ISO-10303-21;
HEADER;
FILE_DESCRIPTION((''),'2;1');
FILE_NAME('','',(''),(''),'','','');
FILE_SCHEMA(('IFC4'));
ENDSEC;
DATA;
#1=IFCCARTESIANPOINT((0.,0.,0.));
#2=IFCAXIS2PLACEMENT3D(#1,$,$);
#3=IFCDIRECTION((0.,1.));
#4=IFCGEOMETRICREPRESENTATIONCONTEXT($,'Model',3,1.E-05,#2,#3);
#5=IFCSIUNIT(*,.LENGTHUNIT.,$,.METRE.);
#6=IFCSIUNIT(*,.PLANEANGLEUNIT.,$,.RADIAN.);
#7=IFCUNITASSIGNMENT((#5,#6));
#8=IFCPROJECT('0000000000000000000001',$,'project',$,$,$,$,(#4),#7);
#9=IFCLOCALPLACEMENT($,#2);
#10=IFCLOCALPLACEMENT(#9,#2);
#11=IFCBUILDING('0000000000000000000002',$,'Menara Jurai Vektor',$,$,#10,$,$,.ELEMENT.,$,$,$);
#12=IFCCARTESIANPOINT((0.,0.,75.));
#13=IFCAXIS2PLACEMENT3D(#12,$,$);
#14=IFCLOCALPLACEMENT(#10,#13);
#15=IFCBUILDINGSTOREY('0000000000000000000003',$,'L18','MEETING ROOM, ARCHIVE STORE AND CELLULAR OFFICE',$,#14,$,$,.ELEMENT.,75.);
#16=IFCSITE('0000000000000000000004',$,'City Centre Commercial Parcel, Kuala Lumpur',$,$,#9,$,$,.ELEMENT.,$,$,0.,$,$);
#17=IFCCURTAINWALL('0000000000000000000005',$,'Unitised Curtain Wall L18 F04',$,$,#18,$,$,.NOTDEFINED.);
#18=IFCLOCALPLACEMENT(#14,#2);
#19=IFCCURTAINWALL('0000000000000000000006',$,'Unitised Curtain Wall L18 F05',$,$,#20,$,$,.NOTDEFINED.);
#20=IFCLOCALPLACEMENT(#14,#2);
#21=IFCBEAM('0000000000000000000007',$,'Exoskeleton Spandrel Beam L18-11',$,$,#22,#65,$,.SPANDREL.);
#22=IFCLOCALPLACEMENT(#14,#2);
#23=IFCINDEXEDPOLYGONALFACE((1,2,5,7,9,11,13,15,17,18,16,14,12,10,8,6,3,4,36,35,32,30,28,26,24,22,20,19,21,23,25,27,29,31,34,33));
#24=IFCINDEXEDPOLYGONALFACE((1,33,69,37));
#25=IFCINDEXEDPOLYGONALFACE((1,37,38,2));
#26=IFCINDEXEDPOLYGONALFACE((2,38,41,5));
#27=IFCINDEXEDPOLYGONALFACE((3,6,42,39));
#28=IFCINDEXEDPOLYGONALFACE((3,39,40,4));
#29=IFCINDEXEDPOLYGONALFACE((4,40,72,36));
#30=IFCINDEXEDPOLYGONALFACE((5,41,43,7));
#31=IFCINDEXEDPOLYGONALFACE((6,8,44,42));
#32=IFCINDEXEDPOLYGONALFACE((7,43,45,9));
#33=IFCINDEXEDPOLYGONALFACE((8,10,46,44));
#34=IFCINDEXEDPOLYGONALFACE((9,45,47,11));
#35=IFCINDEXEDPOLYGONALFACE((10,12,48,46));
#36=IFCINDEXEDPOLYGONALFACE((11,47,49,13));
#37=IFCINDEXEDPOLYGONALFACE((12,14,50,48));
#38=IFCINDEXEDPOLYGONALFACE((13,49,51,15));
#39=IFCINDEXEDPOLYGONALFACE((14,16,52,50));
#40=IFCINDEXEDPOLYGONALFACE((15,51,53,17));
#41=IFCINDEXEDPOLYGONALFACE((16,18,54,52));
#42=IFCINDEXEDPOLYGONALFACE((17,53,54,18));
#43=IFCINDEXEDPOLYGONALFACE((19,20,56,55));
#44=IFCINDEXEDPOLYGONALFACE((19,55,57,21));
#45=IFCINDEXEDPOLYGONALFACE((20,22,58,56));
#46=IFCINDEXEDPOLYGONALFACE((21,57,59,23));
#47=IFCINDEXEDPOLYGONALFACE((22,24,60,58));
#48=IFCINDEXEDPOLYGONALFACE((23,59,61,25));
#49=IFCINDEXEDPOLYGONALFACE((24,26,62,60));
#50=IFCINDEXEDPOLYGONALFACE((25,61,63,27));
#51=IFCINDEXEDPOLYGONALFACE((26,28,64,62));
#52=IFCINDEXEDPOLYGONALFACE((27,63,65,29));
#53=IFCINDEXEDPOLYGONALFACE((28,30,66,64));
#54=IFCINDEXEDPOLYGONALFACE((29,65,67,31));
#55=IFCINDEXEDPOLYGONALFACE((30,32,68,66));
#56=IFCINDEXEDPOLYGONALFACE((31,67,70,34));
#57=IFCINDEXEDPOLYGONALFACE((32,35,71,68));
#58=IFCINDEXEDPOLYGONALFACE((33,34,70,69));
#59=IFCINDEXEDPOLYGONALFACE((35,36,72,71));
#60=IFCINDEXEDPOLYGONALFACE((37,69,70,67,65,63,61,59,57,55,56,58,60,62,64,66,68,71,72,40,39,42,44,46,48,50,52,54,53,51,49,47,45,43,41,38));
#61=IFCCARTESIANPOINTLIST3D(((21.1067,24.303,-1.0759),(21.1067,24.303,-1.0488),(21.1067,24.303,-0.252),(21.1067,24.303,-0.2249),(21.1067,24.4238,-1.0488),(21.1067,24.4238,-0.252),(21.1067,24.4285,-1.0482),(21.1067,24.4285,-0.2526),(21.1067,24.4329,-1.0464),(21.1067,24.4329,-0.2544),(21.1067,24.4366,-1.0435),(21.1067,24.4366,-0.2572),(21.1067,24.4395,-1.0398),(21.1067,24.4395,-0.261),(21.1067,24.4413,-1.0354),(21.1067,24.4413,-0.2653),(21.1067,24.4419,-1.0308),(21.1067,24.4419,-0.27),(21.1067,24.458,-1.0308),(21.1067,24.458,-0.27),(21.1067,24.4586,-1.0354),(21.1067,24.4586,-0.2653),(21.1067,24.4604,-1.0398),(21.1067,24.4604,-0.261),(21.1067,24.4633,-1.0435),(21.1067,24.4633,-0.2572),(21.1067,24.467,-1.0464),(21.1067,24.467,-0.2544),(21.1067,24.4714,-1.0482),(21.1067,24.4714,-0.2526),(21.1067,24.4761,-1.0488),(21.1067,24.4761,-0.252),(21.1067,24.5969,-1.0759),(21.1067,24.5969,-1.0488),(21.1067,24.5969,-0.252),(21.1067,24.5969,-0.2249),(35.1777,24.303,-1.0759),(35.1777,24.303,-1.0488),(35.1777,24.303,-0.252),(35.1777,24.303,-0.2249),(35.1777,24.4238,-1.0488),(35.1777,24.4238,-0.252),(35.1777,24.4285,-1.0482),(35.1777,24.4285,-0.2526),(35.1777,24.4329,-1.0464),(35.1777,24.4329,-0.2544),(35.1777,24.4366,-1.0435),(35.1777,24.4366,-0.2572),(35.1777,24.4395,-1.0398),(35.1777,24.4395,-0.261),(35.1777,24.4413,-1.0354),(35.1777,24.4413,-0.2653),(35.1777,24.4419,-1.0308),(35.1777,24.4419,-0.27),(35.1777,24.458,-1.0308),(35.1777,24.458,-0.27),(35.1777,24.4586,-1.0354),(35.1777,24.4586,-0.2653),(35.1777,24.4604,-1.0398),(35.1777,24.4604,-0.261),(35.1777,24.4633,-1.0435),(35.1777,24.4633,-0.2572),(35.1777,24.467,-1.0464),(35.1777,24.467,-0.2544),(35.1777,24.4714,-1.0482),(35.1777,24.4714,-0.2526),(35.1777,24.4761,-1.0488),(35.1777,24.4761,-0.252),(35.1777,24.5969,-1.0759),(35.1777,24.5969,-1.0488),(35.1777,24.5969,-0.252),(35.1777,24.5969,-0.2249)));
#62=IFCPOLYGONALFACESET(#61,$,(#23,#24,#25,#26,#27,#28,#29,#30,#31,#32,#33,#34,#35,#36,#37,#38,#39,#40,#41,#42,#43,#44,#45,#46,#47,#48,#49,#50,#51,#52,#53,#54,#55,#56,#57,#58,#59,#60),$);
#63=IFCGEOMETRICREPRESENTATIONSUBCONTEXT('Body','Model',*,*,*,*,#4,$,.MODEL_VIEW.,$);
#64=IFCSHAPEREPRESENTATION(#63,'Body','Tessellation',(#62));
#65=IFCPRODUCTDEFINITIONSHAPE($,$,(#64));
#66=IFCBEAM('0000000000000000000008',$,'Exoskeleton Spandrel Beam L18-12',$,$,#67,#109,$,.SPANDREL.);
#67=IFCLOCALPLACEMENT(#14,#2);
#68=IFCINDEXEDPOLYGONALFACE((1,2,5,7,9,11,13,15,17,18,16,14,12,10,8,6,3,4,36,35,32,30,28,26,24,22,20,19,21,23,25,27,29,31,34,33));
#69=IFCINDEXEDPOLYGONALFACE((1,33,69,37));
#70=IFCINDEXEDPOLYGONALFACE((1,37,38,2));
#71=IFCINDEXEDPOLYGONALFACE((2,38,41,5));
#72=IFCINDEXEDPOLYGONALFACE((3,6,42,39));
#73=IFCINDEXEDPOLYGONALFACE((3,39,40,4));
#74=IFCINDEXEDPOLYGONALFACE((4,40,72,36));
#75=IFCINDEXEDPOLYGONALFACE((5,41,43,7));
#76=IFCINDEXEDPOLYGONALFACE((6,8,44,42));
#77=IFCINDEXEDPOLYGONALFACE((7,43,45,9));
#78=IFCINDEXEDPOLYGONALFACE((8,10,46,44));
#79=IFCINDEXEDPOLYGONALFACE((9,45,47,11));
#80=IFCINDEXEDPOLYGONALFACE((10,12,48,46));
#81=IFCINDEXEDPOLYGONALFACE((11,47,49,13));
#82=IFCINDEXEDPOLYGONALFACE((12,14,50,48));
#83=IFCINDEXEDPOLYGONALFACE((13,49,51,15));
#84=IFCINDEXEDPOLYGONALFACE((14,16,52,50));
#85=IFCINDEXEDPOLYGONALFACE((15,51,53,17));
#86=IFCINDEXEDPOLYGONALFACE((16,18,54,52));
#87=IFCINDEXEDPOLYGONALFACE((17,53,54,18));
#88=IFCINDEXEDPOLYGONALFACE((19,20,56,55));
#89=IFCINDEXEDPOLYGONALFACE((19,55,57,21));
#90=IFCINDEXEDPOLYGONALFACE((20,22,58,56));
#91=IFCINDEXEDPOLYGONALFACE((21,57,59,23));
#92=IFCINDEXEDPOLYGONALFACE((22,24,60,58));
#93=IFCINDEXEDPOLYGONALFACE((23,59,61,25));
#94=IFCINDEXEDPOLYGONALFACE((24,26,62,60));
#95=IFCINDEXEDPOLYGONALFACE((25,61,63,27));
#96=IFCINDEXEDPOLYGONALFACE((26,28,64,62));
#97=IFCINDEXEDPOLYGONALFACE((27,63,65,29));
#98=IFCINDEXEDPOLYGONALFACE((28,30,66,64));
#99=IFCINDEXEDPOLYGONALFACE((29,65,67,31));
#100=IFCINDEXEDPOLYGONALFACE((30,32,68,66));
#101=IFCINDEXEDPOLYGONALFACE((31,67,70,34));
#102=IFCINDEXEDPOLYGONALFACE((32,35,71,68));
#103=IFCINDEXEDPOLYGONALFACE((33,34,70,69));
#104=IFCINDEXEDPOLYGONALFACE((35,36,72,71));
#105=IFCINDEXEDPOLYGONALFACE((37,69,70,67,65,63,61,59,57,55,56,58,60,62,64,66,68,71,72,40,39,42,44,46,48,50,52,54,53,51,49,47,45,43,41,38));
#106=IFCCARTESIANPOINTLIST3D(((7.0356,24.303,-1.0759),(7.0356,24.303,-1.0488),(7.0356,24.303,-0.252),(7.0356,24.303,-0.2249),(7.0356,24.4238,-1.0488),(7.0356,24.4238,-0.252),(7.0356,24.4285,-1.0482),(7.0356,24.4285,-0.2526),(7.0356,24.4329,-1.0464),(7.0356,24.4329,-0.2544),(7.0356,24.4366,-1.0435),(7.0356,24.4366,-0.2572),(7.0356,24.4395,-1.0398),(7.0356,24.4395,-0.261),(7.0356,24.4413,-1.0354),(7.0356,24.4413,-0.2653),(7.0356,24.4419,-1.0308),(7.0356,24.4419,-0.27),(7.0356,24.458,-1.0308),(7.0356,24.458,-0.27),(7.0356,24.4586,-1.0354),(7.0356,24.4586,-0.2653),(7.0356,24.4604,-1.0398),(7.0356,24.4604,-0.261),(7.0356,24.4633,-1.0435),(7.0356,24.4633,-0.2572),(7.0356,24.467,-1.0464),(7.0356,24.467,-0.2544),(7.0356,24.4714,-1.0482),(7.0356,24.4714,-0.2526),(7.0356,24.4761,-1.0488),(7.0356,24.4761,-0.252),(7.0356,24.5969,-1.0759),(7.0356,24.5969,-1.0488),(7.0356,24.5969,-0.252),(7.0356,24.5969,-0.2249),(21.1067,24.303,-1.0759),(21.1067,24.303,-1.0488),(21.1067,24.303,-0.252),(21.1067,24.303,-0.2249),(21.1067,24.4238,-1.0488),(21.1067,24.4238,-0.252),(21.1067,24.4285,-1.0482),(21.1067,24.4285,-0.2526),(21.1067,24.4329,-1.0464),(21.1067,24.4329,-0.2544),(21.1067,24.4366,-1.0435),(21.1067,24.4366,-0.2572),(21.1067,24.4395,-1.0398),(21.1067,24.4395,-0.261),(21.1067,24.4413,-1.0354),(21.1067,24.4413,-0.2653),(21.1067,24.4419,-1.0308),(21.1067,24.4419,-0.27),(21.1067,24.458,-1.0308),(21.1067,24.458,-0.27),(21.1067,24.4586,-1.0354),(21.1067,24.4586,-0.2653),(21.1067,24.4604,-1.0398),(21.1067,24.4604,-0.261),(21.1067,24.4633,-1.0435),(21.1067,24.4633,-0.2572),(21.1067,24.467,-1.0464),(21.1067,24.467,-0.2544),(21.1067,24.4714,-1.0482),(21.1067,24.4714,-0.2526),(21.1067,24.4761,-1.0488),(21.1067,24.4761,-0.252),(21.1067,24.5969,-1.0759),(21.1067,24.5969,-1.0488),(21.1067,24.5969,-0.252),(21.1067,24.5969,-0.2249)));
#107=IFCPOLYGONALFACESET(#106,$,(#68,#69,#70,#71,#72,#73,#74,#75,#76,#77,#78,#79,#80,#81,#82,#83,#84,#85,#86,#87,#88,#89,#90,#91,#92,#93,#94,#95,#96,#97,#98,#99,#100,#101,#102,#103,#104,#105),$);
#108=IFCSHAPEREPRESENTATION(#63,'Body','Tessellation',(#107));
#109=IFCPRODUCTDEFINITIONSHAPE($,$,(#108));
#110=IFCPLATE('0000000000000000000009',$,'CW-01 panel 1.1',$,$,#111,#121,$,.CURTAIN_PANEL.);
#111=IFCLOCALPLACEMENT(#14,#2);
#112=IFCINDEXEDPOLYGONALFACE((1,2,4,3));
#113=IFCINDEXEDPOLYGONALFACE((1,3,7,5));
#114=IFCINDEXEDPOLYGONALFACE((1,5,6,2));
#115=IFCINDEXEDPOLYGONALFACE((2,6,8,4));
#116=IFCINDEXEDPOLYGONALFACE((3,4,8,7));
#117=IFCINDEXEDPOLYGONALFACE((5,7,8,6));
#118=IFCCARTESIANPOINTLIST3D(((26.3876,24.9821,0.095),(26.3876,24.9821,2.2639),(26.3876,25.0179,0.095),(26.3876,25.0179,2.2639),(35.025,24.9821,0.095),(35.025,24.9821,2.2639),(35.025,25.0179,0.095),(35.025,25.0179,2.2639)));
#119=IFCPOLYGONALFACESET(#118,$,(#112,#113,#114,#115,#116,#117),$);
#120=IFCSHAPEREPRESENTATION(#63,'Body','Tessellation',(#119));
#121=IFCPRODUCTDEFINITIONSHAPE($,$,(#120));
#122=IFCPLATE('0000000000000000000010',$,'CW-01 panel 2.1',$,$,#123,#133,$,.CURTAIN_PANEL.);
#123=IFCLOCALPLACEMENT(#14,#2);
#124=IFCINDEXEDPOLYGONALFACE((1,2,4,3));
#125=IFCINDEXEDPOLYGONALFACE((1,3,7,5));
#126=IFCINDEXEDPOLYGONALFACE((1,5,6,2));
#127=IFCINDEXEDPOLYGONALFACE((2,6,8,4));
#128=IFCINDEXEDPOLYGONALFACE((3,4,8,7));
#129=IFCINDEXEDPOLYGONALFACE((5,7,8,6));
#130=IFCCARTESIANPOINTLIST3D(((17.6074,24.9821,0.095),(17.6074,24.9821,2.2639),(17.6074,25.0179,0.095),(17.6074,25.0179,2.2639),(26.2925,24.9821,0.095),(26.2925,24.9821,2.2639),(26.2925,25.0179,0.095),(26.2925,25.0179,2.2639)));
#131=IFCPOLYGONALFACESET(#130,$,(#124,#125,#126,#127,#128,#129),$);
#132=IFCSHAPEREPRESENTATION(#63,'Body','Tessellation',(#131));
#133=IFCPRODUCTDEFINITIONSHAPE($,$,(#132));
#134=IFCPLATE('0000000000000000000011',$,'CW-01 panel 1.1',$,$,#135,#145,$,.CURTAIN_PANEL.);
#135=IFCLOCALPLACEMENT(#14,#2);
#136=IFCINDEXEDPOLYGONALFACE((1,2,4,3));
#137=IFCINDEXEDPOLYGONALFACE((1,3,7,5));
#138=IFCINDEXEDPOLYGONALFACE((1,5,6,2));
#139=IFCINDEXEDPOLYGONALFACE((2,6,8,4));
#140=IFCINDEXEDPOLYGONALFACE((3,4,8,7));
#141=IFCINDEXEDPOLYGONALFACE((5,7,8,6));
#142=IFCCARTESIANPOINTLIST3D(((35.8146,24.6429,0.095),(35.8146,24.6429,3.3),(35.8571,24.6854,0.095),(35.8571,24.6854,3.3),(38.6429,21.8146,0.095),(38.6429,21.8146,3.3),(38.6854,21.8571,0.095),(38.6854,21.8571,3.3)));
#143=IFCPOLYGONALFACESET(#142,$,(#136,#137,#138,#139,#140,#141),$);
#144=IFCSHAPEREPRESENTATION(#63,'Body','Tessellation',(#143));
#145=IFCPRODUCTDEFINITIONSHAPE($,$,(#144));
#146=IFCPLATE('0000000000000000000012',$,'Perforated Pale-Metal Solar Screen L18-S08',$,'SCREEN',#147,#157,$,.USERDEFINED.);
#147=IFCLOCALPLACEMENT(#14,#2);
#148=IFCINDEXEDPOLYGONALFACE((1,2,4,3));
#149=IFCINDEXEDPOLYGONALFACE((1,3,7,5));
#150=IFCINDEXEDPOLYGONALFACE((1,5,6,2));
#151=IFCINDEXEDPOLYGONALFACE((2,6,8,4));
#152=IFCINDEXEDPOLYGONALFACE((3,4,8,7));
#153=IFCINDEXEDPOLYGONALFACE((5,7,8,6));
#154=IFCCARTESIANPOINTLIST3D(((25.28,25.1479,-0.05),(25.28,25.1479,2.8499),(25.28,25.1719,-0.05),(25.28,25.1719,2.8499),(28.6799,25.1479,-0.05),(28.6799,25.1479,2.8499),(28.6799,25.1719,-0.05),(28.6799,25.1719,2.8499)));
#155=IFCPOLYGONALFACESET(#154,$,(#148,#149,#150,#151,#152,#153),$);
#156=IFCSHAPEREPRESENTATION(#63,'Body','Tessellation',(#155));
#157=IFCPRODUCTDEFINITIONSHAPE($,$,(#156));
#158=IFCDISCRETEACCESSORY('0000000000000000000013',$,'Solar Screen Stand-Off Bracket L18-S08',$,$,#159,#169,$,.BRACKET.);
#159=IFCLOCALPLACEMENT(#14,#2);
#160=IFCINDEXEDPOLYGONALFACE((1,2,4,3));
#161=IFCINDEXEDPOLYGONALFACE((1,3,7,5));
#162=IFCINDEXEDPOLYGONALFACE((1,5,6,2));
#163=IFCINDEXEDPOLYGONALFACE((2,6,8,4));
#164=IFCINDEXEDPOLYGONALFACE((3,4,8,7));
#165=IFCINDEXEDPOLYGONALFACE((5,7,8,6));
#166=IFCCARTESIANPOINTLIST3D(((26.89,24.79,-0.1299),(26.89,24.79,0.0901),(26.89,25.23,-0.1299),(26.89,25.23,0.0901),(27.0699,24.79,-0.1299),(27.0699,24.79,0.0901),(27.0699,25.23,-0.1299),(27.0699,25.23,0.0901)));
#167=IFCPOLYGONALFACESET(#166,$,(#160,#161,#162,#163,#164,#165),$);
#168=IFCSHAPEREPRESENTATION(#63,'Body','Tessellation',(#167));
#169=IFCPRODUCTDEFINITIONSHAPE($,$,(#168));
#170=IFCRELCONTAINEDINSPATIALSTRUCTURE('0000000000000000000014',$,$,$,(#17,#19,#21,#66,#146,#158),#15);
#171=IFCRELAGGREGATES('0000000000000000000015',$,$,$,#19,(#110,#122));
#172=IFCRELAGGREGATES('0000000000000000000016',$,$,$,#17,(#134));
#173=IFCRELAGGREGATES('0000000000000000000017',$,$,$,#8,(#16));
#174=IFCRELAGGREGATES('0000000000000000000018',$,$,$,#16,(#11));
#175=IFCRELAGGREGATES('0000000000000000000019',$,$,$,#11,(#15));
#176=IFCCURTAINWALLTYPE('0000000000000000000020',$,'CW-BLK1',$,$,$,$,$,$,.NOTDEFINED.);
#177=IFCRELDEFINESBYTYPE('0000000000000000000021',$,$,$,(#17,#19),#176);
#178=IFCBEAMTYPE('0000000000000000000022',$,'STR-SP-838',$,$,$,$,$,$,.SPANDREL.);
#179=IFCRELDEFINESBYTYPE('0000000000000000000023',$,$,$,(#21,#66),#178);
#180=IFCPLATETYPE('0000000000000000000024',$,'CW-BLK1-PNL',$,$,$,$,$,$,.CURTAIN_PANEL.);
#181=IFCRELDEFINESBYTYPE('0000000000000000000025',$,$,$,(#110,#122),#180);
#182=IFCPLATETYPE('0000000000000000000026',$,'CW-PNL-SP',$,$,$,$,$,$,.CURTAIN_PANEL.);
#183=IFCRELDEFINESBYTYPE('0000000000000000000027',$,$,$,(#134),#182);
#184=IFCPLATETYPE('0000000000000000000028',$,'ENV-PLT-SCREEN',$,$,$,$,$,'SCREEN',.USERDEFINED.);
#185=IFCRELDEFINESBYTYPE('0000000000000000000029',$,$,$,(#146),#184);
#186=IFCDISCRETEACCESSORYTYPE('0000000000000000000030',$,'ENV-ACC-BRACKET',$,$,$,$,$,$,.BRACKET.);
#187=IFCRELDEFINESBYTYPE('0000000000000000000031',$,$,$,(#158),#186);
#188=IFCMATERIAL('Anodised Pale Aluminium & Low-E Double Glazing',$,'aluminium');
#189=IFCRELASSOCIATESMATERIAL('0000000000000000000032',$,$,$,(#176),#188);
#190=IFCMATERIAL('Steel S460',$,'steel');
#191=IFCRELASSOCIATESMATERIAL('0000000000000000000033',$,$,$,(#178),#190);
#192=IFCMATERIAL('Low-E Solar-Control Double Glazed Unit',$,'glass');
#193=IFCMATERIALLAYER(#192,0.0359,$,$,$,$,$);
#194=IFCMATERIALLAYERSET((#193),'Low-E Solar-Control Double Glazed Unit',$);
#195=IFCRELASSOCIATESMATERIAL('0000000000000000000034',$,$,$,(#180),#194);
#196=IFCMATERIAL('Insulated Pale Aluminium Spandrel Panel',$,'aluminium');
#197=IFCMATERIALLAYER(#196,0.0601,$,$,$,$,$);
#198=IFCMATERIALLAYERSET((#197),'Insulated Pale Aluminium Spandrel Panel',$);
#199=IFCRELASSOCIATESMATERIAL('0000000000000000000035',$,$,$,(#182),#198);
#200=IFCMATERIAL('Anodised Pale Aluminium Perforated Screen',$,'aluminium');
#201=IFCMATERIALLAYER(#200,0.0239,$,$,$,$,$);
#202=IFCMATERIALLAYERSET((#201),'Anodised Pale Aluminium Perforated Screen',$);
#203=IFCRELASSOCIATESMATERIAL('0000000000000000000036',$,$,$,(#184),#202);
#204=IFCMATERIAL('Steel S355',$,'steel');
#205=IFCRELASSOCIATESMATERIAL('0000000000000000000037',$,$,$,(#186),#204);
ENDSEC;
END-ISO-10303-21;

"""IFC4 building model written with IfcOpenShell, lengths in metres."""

from ifc_helpers import new_model, si_unit, direction, frame, origin, origin_2d, place, context, subcontext, project, spatial, rectangle, i_section, extrude, material, layer, layer_set, material_profile, profile_set, type_object, element, aggregate, save


model = new_model("IFC4")

# Units and contexts
model_context = context("Model", 3, precision=1e-05, world=origin(), true_north=direction((0.0, 1.0)))
body_context = subcontext(model_context, "Body", "Model", "MODEL_VIEW")
ifc_project = project(units=[si_unit("LENGTHUNIT", "METRE"), si_unit("PLANEANGLEUNIT", "RADIAN")], contexts=[model_context])

# Site, building, storey
site_placement = place(None, origin())
site = spatial("IfcSite", under=ifc_project, at=site_placement, Name="City Centre Commercial Parcel, Kuala Lumpur", CompositionType="ELEMENT", RefElevation=0.0)
building_placement = place(site_placement, origin())
building = spatial("IfcBuilding", under=site, at=building_placement, Name="Menara Jurai Vektor", CompositionType="ELEMENT")
storey_placement = place(building_placement, frame((0.0, 0.0, 75.0)))
storey = spatial("IfcBuildingStorey", under=building, at=storey_placement, Name="L18", Description="MEETING ROOM, ARCHIVE STORE AND CELLULAR OFFICE", CompositionType="ELEMENT", Elevation=75.0)

# Shared definitions
ifc_material_1 = material(Name="Steel S460", Category="steel")

# Curtain walls
ifc_material_2 = material(Name="Anodised Pale Aluminium & Low-E Double Glazing", Category="aluminium")
curtain_wall_type = type_object("IfcCurtainWallType", Name="CW-BLK1", PredefinedType="NOTDEFINED", material=ifc_material_2)
curtain_wall_1_placement = place(storey_placement, origin())
curtain_wall_1 = element("IfcCurtainWall", 1, at=curtain_wall_1_placement, inside=storey, type_object=curtain_wall_type, Name="Unitised Curtain Wall L18 F04", PredefinedType="NOTDEFINED")
curtain_wall_2_placement = place(storey_placement, origin())
curtain_wall_2 = element("IfcCurtainWall", 2, at=curtain_wall_2_placement, inside=storey, type_object=curtain_wall_type, Name="Unitised Curtain Wall L18 F05", PredefinedType="NOTDEFINED")

# Beams
ifc_material_3 = material(Name="Steel S355", Category="steel")
ifc_material_profile_1 = material_profile(ifc_material_1, i_section(OverallWidth=0.2939, OverallDepth=0.8511, WebThickness=0.0161, FlangeThickness=0.0271, FilletRadius=0.0181, at=origin_2d()), Name="UKB 838x292x226")
ifc_profile_set_1 = profile_set([ifc_material_profile_1], Name="Steel S460")
beam_type_1 = type_object("IfcBeamType", Name="STR-SP-838", PredefinedType="SPANDREL", material=ifc_profile_set_1)
for number, where, z_axis, x_axis, name in (
    (3, (35.1777, 24.45, -0.6504), (-1.0, 0.0, 0.0), (0.0, -1.0, 0.0), "Exoskeleton Spandrel Beam L18-11"),
    (4, (21.1067, 24.45, -0.6504), (-1.0, 0.0, 0.0), (0.0, -1.0, 0.0), "Exoskeleton Spandrel Beam L18-12"),
):
    element("IfcBeam", number, at=place(storey_placement, frame(where, z_axis=z_axis, x_axis=x_axis)), inside=storey, type_object=beam_type_1, Name=name, PredefinedType="SPANDREL", context=body_context, shape_type="SweptSolid", body=[
        extrude(i_section(OverallWidth=0.2939, OverallDepth=0.8511, WebThickness=0.0161, FlangeThickness=0.0271, FilletRadius=0.0181, at=origin_2d()), origin(), (0.0, 0.0, 1.0), 14.071),
    ])

# Plates
ifc_material_4 = material(Name="Low-E Solar-Control Double Glazed Unit", Category="glass")
ifc_layer_1 = layer(ifc_material_4, 0.0359)
ifc_layer_set_1 = layer_set([ifc_layer_1], Name="Low-E Solar-Control Double Glazed Unit")
plate_type_1 = type_object("IfcPlateType", Name="CW-BLK1-PNL", PredefinedType="CURTAIN_PANEL", material=ifc_layer_set_1)
plate_1_placement = place(storey_placement, frame((30.7063, 25.0, 0.095), z_axis=(0.0, 0.0, 1.0), x_axis=(-1.0, 0.0, 0.0)))
plate_1 = element("IfcPlate", 5, at=plate_1_placement, type_object=plate_type_1, Name="CW-01 panel 1.1", PredefinedType="CURTAIN_PANEL", context=body_context, shape_type="SweptSolid", body=[
    extrude(rectangle(XDim=8.6375, YDim=0.0359, at=origin_2d()), origin(), (0.0, 0.0, 1.0), 2.1689),
])
plate_2_placement = place(storey_placement, frame((21.95, 25.0, 0.095), z_axis=(0.0, 0.0, 1.0), x_axis=(-1.0, 0.0, 0.0)))
plate_2 = element("IfcPlate", 6, at=plate_2_placement, type_object=plate_type_1, Name="CW-01 panel 2.1", PredefinedType="CURTAIN_PANEL", context=body_context, shape_type="SweptSolid", body=[
    extrude(rectangle(XDim=8.6851, YDim=0.0359, at=origin_2d()), origin(), (0.0, 0.0, 1.0), 2.1689),
])
aggregate(curtain_wall_2, [plate_1, plate_2])
ifc_material_5 = material(Name="Insulated Pale Aluminium Spandrel Panel", Category="aluminium")
ifc_layer_2 = layer(ifc_material_5, 0.0601)
ifc_layer_set_2 = layer_set([ifc_layer_2], Name="Insulated Pale Aluminium Spandrel Panel")
plate_type_2 = type_object("IfcPlateType", Name="CW-PNL-SP", PredefinedType="CURTAIN_PANEL", material=ifc_layer_set_2)
plate_3_placement = place(storey_placement, frame((37.25, 23.25, 0.095), z_axis=(0.0, 0.0, 1.0), x_axis=(-0.707107, 0.707107, 0.0)))
plate_3 = element("IfcPlate", 7, at=plate_3_placement, type_object=plate_type_2, Name="CW-01 panel 1.1", PredefinedType="CURTAIN_PANEL", context=body_context, shape_type="SweptSolid", body=[
    extrude(rectangle(XDim=3.9998, YDim=0.0601, at=origin_2d()), origin(), (0.0, 0.0, 1.0), 3.2051),
])
aggregate(curtain_wall_1, [plate_3])
ifc_material_6 = material(Name="Anodised Pale Aluminium Perforated Screen", Category="aluminium")
ifc_layer_3 = layer(ifc_material_6, 0.0239)
ifc_layer_set_3 = layer_set([ifc_layer_3], Name="Anodised Pale Aluminium Perforated Screen")
plate_type_3 = type_object("IfcPlateType", Name="ENV-PLT-SCREEN", ElementType="SCREEN", PredefinedType="USERDEFINED", material=ifc_layer_set_3)
plate_4_placement = place(storey_placement, frame((26.98, 25.1599, -0.05), z_axis=(0.0, 0.0, 1.0), x_axis=(-1.0, 0.0, 0.0)))
element("IfcPlate", 8, at=plate_4_placement, inside=storey, type_object=plate_type_3, Name="Perforated Pale-Metal Solar Screen L18-S08", ObjectType="SCREEN", PredefinedType="USERDEFINED", context=body_context, shape_type="SweptSolid", body=[
    extrude(rectangle(XDim=3.3999, YDim=0.0239, at=origin_2d()), origin(), (0.0, 0.0, 1.0), 2.8999),
])

# Discrete accessory
discrete_accessory_type = type_object("IfcDiscreteAccessoryType", Name="ENV-ACC-BRACKET", PredefinedType="BRACKET", material=ifc_material_3)
discrete_accessory_placement = place(storey_placement, frame((26.98, 25.01, -0.1299), z_axis=(0.0, 0.0, 1.0), x_axis=(-1.0, 0.0, 0.0)))
element("IfcDiscreteAccessory", 9, at=discrete_accessory_placement, inside=storey, type_object=discrete_accessory_type, Name="Solar Screen Stand-Off Bracket L18-S08", PredefinedType="BRACKET", context=body_context, shape_type="SweptSolid", body=[
    extrude(rectangle(XDim=0.1799, YDim=0.4399, at=origin_2d()), origin(), (0.0, 0.0, 1.0), 0.22),
])

save(model, "model.ifc")
